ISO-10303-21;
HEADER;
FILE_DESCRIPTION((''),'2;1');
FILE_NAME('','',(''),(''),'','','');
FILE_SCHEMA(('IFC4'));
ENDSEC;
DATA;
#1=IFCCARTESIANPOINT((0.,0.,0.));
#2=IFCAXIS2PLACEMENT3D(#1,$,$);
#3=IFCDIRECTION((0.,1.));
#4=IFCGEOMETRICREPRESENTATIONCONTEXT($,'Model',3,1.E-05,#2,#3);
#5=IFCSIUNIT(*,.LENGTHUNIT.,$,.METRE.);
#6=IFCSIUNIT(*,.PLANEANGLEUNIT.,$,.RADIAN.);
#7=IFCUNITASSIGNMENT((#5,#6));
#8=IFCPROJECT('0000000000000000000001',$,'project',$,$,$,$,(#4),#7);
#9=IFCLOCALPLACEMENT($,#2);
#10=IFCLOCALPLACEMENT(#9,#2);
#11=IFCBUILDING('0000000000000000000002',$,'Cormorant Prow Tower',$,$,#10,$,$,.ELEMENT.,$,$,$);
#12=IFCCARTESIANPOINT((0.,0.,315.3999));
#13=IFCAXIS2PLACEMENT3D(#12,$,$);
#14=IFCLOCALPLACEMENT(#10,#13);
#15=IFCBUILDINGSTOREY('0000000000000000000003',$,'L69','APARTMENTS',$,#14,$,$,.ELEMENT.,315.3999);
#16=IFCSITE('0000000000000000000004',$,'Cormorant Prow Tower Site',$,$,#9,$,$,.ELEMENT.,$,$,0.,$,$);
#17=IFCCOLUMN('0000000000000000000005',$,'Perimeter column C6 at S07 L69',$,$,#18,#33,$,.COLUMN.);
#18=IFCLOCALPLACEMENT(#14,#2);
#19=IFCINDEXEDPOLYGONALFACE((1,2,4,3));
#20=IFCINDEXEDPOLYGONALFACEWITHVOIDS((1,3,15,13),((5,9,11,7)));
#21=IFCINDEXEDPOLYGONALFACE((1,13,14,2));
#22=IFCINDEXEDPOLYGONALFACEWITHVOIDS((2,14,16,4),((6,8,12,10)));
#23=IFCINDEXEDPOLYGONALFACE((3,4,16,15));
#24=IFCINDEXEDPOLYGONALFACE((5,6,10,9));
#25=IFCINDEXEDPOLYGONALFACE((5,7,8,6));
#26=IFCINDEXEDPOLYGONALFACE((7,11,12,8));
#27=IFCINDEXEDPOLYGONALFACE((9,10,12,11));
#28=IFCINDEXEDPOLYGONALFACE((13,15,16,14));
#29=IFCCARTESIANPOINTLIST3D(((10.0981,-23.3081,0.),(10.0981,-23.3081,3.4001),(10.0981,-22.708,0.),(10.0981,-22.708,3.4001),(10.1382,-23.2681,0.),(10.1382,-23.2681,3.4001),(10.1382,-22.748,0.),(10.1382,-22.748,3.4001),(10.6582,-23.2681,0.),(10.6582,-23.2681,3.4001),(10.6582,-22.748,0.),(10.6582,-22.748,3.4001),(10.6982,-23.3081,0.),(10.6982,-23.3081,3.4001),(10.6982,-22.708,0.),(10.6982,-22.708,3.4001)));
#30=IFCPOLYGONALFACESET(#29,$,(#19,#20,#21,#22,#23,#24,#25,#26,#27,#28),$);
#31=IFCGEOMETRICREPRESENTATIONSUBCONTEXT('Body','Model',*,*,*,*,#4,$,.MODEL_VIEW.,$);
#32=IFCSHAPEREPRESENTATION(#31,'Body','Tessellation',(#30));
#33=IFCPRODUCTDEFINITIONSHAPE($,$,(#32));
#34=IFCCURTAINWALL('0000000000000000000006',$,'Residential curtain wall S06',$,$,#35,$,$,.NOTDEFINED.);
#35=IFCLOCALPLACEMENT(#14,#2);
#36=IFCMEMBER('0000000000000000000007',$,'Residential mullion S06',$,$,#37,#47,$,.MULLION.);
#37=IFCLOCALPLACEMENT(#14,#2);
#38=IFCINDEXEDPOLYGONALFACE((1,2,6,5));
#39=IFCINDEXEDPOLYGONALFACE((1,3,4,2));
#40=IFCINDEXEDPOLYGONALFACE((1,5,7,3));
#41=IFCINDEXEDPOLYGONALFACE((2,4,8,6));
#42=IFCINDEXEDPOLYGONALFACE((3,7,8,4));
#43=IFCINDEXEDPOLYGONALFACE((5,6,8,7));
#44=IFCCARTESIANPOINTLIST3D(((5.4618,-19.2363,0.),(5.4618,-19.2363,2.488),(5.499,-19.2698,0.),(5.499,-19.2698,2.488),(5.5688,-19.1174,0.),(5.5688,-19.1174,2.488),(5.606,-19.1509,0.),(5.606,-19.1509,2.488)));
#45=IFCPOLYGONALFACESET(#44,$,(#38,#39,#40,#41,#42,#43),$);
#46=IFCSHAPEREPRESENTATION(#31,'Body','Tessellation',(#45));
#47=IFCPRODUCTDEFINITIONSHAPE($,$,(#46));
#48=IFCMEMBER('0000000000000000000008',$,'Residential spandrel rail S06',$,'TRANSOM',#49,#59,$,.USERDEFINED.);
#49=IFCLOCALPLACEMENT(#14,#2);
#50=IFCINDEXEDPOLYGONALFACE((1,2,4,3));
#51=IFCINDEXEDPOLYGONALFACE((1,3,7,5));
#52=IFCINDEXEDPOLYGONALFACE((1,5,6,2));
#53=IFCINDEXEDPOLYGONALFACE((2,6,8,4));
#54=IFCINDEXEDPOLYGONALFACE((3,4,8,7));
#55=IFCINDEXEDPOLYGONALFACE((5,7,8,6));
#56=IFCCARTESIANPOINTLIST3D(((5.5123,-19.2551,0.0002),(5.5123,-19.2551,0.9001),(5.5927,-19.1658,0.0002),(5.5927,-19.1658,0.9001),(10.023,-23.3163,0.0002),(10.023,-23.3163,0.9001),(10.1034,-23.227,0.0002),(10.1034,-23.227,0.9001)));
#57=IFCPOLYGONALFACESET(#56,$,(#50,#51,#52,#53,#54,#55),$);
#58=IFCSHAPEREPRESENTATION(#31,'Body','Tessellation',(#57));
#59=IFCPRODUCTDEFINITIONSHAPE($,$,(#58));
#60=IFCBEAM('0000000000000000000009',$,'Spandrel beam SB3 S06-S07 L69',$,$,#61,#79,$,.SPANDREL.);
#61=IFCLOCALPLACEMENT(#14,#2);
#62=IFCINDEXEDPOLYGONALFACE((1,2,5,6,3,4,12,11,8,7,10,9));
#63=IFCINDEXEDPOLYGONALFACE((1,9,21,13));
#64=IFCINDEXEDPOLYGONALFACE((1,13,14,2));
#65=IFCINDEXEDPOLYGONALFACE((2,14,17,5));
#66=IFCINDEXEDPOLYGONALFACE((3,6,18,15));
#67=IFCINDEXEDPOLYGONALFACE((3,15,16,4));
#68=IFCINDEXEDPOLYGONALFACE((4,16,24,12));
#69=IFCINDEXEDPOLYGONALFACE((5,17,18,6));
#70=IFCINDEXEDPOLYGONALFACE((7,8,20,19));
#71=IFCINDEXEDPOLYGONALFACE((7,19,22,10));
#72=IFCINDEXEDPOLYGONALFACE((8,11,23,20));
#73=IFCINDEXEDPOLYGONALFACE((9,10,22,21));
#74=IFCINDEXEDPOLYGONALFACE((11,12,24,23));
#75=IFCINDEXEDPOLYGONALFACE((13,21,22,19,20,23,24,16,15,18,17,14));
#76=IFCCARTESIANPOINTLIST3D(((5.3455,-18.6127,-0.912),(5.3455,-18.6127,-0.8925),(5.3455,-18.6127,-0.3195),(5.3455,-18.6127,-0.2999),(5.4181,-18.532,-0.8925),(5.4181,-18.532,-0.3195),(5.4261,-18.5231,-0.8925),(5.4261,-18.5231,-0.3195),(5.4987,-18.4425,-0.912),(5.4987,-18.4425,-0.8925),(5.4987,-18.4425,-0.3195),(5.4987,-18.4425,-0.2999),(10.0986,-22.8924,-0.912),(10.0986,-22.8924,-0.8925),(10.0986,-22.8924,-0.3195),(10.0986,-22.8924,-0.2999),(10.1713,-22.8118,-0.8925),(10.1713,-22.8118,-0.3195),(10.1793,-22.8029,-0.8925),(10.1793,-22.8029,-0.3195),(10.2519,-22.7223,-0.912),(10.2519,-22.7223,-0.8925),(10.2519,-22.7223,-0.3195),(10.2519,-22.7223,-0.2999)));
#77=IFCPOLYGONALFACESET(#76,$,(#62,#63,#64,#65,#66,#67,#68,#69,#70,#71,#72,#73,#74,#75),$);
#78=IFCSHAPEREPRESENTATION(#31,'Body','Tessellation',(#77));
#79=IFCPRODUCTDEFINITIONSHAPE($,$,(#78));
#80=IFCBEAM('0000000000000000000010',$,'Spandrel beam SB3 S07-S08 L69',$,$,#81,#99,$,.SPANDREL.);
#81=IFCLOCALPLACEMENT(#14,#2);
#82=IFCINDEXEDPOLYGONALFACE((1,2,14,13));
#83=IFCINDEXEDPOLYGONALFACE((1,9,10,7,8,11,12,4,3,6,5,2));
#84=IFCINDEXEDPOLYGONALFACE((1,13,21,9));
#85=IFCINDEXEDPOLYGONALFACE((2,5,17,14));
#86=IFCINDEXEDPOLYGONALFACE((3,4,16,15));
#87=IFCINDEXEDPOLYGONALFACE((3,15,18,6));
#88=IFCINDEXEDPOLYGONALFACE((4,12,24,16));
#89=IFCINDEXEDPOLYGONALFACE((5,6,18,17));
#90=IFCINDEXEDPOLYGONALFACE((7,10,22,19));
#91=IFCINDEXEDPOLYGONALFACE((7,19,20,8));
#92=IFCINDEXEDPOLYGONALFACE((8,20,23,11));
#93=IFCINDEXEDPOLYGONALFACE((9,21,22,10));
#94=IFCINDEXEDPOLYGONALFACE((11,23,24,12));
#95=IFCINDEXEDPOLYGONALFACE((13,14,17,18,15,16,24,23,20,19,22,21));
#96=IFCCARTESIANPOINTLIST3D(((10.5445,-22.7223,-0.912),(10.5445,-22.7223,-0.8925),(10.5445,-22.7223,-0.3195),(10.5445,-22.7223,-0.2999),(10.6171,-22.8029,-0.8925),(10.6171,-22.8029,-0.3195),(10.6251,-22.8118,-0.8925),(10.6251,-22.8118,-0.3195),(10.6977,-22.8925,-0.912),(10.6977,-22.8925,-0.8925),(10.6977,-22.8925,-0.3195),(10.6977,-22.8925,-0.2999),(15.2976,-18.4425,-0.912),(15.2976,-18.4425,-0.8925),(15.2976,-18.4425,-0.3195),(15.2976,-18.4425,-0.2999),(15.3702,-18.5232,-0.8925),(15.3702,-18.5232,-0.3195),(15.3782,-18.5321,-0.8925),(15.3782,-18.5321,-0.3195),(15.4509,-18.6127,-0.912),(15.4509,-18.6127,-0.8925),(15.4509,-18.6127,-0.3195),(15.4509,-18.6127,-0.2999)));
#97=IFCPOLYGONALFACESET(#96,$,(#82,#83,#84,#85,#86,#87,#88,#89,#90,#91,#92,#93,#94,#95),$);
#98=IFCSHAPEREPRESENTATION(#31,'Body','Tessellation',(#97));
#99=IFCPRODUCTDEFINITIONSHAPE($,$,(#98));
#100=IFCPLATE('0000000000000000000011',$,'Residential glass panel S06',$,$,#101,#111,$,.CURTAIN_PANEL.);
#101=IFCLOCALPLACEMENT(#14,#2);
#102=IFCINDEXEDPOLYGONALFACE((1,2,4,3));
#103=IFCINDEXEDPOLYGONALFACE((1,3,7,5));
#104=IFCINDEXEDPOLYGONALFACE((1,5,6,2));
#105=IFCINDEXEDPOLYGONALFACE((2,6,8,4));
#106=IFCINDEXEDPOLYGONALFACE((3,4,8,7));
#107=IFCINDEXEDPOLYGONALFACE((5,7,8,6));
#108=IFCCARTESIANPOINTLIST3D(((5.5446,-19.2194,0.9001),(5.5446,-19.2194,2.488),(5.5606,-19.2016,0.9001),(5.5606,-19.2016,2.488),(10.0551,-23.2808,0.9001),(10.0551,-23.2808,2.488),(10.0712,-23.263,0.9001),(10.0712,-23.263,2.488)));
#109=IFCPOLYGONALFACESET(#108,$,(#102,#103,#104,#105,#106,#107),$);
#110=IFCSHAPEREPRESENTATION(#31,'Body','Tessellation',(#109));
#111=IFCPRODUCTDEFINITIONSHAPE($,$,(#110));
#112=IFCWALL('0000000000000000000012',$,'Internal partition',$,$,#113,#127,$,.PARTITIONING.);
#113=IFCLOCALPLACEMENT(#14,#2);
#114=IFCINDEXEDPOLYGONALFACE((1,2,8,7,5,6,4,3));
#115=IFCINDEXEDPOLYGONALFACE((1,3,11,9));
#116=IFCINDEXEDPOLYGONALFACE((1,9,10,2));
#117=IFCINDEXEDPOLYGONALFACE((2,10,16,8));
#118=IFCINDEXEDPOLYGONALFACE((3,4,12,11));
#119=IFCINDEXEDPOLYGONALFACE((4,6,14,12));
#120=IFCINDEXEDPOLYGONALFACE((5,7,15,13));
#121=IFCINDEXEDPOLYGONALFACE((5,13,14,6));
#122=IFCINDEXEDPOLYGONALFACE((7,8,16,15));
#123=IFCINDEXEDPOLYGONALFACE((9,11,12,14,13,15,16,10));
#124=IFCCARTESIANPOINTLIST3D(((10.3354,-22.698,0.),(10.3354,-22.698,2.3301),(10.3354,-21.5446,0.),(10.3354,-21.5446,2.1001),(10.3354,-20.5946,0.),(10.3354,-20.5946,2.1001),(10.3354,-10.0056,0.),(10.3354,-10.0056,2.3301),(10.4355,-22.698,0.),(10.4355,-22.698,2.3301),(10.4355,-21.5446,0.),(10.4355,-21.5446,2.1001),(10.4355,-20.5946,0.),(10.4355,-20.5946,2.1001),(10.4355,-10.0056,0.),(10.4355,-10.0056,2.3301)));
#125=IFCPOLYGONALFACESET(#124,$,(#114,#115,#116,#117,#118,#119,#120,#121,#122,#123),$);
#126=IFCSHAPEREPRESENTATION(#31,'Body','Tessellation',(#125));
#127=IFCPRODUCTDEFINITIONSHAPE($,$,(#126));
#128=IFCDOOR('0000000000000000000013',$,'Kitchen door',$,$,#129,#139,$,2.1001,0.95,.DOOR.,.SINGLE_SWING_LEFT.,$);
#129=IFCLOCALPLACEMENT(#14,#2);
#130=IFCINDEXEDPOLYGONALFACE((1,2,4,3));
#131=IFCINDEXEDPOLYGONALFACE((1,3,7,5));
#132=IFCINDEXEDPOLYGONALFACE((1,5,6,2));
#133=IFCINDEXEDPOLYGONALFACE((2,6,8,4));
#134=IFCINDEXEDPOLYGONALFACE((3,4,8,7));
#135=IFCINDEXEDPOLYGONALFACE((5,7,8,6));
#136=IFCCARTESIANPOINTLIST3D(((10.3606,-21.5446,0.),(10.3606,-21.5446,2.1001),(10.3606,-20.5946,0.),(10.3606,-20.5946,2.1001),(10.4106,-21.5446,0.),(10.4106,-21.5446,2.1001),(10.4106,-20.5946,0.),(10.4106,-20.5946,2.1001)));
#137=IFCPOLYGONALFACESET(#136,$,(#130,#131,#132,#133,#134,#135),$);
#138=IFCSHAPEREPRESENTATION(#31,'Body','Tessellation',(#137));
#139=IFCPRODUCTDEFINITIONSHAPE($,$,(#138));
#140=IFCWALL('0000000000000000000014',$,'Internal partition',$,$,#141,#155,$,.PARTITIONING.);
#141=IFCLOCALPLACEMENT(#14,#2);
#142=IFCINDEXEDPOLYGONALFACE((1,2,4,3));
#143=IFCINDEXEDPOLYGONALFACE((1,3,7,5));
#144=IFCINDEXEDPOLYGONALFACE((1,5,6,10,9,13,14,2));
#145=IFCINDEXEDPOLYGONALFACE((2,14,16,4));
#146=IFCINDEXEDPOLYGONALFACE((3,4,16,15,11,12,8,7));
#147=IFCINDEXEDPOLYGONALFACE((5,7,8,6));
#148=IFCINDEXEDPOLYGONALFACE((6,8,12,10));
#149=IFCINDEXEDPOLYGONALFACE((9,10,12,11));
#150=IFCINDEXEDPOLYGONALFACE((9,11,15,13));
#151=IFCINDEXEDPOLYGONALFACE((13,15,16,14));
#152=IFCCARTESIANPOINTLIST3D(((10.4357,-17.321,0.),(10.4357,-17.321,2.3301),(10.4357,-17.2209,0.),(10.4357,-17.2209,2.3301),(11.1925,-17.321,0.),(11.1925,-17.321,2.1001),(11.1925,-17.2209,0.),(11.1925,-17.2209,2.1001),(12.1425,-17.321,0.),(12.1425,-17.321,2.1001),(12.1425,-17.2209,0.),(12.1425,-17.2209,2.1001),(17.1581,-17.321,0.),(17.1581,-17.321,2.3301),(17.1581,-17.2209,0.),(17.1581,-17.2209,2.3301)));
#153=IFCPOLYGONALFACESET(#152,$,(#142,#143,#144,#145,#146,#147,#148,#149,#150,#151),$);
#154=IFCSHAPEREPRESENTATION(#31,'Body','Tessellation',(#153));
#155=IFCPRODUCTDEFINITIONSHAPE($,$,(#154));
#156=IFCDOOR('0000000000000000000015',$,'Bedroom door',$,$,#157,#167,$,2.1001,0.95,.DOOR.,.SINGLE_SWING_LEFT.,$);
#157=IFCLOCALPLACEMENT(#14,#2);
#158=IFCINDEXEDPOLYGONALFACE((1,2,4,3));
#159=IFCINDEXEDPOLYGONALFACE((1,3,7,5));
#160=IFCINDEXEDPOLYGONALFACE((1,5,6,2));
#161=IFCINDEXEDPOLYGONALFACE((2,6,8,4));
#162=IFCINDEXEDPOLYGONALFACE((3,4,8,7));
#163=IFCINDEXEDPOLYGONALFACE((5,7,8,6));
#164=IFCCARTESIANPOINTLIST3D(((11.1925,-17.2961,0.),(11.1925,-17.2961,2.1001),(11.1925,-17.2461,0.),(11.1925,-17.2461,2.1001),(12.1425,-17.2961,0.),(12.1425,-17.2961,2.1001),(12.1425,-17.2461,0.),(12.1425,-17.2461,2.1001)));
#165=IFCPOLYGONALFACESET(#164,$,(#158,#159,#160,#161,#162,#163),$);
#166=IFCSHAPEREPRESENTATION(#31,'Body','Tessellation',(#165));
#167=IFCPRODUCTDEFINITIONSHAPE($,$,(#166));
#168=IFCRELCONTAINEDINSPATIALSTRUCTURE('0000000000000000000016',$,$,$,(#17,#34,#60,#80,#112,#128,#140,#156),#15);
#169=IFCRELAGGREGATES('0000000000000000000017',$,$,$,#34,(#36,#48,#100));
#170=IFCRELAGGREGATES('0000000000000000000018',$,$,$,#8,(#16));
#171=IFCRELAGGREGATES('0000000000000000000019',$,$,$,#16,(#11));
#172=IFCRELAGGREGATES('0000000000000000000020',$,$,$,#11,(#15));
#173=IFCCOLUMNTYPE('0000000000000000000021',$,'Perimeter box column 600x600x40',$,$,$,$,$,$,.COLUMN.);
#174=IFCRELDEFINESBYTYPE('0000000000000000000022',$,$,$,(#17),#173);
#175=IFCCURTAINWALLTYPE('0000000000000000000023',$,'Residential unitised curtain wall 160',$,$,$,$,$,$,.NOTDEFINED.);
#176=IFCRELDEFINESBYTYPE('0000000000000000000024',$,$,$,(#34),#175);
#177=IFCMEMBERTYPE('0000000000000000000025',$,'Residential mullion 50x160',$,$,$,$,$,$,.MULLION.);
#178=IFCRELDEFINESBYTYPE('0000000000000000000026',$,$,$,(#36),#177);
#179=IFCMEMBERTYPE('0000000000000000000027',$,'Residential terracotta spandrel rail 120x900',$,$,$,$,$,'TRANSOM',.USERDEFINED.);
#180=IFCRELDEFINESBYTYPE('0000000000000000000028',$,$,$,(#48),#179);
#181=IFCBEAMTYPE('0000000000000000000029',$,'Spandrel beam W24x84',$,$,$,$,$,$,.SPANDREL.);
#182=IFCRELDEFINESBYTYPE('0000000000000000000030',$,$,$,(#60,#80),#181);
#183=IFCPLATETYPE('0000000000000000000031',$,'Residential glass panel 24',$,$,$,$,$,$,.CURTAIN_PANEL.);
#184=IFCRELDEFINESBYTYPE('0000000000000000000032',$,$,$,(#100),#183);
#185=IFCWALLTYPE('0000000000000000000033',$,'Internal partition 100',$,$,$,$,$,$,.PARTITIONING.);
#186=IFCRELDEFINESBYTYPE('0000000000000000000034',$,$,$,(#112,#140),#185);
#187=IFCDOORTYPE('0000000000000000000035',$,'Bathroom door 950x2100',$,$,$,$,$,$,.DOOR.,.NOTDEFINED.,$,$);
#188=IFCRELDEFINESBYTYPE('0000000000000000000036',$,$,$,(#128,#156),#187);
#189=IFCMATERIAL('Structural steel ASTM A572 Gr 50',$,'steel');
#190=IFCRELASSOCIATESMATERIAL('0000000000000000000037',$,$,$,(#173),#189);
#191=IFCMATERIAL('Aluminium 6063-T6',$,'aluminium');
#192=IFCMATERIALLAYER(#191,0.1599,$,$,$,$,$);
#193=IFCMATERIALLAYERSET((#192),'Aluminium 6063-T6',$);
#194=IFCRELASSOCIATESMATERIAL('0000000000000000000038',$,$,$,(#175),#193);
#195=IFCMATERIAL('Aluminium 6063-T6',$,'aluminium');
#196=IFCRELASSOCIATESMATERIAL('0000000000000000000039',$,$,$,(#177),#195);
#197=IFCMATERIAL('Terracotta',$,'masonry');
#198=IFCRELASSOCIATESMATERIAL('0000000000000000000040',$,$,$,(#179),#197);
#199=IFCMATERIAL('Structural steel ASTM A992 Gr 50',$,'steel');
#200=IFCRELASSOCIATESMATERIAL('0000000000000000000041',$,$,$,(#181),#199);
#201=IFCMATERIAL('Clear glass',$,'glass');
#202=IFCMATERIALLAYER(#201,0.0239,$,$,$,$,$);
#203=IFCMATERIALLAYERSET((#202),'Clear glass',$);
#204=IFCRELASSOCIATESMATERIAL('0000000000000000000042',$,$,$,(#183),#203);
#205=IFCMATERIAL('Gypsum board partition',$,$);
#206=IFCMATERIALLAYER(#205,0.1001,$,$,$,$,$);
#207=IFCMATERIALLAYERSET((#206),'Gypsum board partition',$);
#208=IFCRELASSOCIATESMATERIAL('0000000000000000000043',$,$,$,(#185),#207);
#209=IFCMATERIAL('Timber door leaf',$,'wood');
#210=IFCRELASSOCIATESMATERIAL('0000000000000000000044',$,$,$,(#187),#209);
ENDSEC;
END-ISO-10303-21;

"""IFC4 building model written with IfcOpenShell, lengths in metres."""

from ifc_helpers import new_model, si_unit, direction, frame, frame_2d, origin, origin_2d, place, context, subcontext, project, spatial, rectangle, hollow_rectangle, i_section, extrude, material, layer, layer_set, material_profile, profile_set, type_object, element, fill, aggregate, save


model = new_model("IFC4")

# Units and contexts
model_context = context("Model", 3, precision=1e-05, world=origin(), true_north=direction((0.0, 1.0)))
body_context = subcontext(model_context, "Body", "Model", "MODEL_VIEW")
ifc_project = project(units=[si_unit("LENGTHUNIT", "METRE"), si_unit("PLANEANGLEUNIT", "RADIAN")], contexts=[model_context])

# Site, building, storey
site_placement = place(None, origin())
site = spatial("IfcSite", under=ifc_project, at=site_placement, Name="Cormorant Prow Tower Site", CompositionType="ELEMENT", RefElevation=0.0)
building_placement = place(site_placement, origin())
building = spatial("IfcBuilding", under=site, at=building_placement, Name="Cormorant Prow Tower", CompositionType="ELEMENT")
storey_placement = place(building_placement, frame((0.0, 0.0, 315.3999)))
storey = spatial("IfcBuildingStorey", under=building, at=storey_placement, Name="L69", Description="APARTMENTS", CompositionType="ELEMENT", Elevation=315.3999)

# Column
ifc_material_1 = material(Name="Structural steel ASTM A572 Gr 50", Category="steel")
ifc_material_profile_1 = material_profile(ifc_material_1, hollow_rectangle(XDim=0.6001, YDim=0.6001, WallThickness=0.04, at=origin_2d()), Name="Box 600x600x40")
ifc_profile_set_1 = profile_set([ifc_material_profile_1], Name="Structural steel ASTM A572 Gr 50")
column_type = type_object("IfcColumnType", Name="Perimeter box column 600x600x40", PredefinedType="COLUMN", material=ifc_profile_set_1)
column_placement = place(storey_placement, frame((10.3982, -23.0081, 0.0), z_axis=(0.0, 0.0, 1.0), x_axis=(1.0, 0.0, 0.0)))
element("IfcColumn", 1, at=column_placement, inside=storey, type_object=column_type, Name="Perimeter column C6 at S07 L69", PredefinedType="COLUMN", context=body_context, shape_type="SweptSolid", body=[
    extrude(hollow_rectangle(XDim=0.6001, YDim=0.6001, WallThickness=0.04, at=origin_2d()), origin(), (0.0, 0.0, 1.0), 3.4001),
])

# Curtain wall, members
ifc_material_2 = material(Name="Aluminium 6063-T6", Category="aluminium")
ifc_layer_1 = layer(ifc_material_2, 0.1599)
ifc_layer_set_1 = layer_set([ifc_layer_1], Name="Aluminium 6063-T6")
curtain_wall_type = type_object("IfcCurtainWallType", Name="Residential unitised curtain wall 160", PredefinedType="NOTDEFINED", material=ifc_layer_set_1)
curtain_wall_placement = place(storey_placement, origin())
curtain_wall = element("IfcCurtainWall", 2, at=curtain_wall_placement, inside=storey, type_object=curtain_wall_type, Name="Residential curtain wall S06", PredefinedType="NOTDEFINED")
ifc_material_3 = material(Name="Aluminium 6063-T6", Category="aluminium")
ifc_material_profile_2 = material_profile(ifc_material_3, rectangle(XDim=0.1599, YDim=0.05, at=origin_2d()), Name="Residential mullion 50x160")
ifc_profile_set_2 = profile_set([ifc_material_profile_2], Name="Aluminium 6063-T6")
member_type_1 = type_object("IfcMemberType", Name="Residential mullion 50x160", PredefinedType="MULLION", material=ifc_profile_set_2)
member_1_placement = place(storey_placement, frame((5.5339, -19.1936, 0.0), z_axis=(0.0, 0.0, 1.0), x_axis=(0.669131, 0.743145, 0.0)))
member_1 = element("IfcMember", 3, at=member_1_placement, type_object=member_type_1, Name="Residential mullion S06", PredefinedType="MULLION", context=body_context, shape_type="SweptSolid", body=[
    extrude(rectangle(XDim=0.1599, YDim=0.05, at=origin_2d()), origin(), (0.0, 0.0, 1.0), 2.488),
])
ifc_material_4 = material(Name="Terracotta", Category="masonry")
ifc_material_profile_3 = material_profile(ifc_material_4, rectangle(XDim=0.1201, YDim=0.8999, at=origin_2d()), Name="Residential terracotta spandrel rail 120x900")
ifc_profile_set_3 = profile_set([ifc_material_profile_3], Name="Terracotta")
member_type_2 = type_object("IfcMemberType", Name="Residential terracotta spandrel rail 120x900", ElementType="TRANSOM", PredefinedType="USERDEFINED", material=ifc_profile_set_3)
member_2_placement = place(storey_placement, frame((5.5525, -19.2104, 0.4502), z_axis=(0.743162, -0.669111, 0.0), x_axis=(0.669111, 0.743162, 0.0)))
member_2 = element("IfcMember", 4, at=member_2_placement, type_object=member_type_2, Name="Residential spandrel rail S06", ObjectType="TRANSOM", PredefinedType="USERDEFINED", context=body_context, shape_type="SweptSolid", body=[
    extrude(rectangle(XDim=0.1201, YDim=0.8999, at=origin_2d()), origin(), (0.0, 0.0, 1.0), 6.0696),
])

# Beams
ifc_material_5 = material(Name="Structural steel ASTM A992 Gr 50", Category="steel")
ifc_material_profile_4 = material_profile(ifc_material_5, i_section(OverallWidth=0.229, OverallDepth=0.6121, WebThickness=0.012, FlangeThickness=0.0195, at=origin_2d()), Name="W24x84")
ifc_profile_set_4 = profile_set([ifc_material_profile_4], Name="Structural steel ASTM A992 Gr 50")
beam_type = type_object("IfcBeamType", Name="Spandrel beam W24x84", PredefinedType="SPANDREL", material=ifc_profile_set_4)
for number, where, z_axis, x_axis, name in (
    (5, (5.4221, -18.5276, -0.606), (0.743144, -0.669131, 0.0), (0.669131, 0.743144, 0.0), "Spandrel beam SB3 S06-S07 L69"),
    (6, (10.6211, -22.8074, -0.606), (0.743144, 0.669131, 0.0), (-0.669131, 0.743144, 0.0), "Spandrel beam SB3 S07-S08 L69"),
):
    element("IfcBeam", number, at=place(storey_placement, frame(where, z_axis=z_axis, x_axis=x_axis)), inside=storey, type_object=beam_type, Name=name, PredefinedType="SPANDREL", context=body_context, shape_type="SweptSolid", body=[
        extrude(i_section(OverallWidth=0.229, OverallDepth=0.6121, WebThickness=0.012, FlangeThickness=0.0195, at=origin_2d()), origin(), (0.0, 0.0, 1.0), 6.396),
    ])

# Plate
ifc_material_6 = material(Name="Clear glass", Category="glass")
ifc_layer_2 = layer(ifc_material_6, 0.0239)
ifc_layer_set_2 = layer_set([ifc_layer_2], Name="Clear glass")
plate_type = type_object("IfcPlateType", Name="Residential glass panel 24", PredefinedType="CURTAIN_PANEL", material=ifc_layer_set_2)
plate_placement = place(storey_placement, frame((7.8079, -21.2412, 0.9001), z_axis=(0.0, 0.0, 1.0), x_axis=(0.743145, -0.669131, 0.0)))
plate = element("IfcPlate", 7, at=plate_placement, type_object=plate_type, Name="Residential glass panel S06", PredefinedType="CURTAIN_PANEL", context=body_context, shape_type="SweptSolid", body=[
    extrude(rectangle(XDim=6.0696, YDim=0.0239, at=origin_2d()), origin(), (0.0, 0.0, 1.0), 1.5879),
])
aggregate(curtain_wall, [member_1, member_2, plate])

# Walls, openings, doors
ifc_material_7 = material(Name="Gypsum board partition")
ifc_layer_3 = layer(ifc_material_7, 0.1001)
ifc_layer_set_3 = layer_set([ifc_layer_3], Name="Gypsum board partition")
wall_type_1 = type_object("IfcWallType", Name="Internal partition 100", PredefinedType="PARTITIONING", material=ifc_layer_set_3)
wall_1_placement = place(storey_placement, frame((10.3855, -22.698, 0.0), z_axis=(0.0, 0.0, 1.0), x_axis=(0.0, 1.0, 0.0)))
wall_1 = element("IfcWall", 8, at=wall_1_placement, inside=storey, type_object=wall_type_1, Name="Internal partition", PredefinedType="PARTITIONING", context=body_context, shape_type="SweptSolid", body=[
    extrude(rectangle(XDim=12.6924, YDim=0.1001, at=frame_2d((6.3462, 0.0))), origin(), (0.0, 0.0, 1.0), 2.3301),
])
opening_1_placement = place(wall_1_placement, frame((1.1533, 0.0, 0.0)))
opening_1 = element("IfcOpeningElement", 9, at=opening_1_placement, cuts=wall_1, PredefinedType="OPENING", context=body_context, shape_type="SweptSolid", body=[
    extrude(rectangle(XDim=0.95, YDim=2.1001, at=frame_2d((0.4751, 1.05))), frame((0.0, 0.0601, 0.0), z_axis=(0.0, -1.0, 0.0), x_axis=(1.0, 0.0, 0.0)), (0.0, 0.0, 1.0), 0.1201),
])
ifc_material_8 = material(Name="Timber door leaf", Category="wood")
door_type_1 = type_object("IfcDoorType", Name="Bathroom door 950x2100", OperationType="NOTDEFINED", PredefinedType="DOOR", material=ifc_material_8)
door_1_placement = place(opening_1_placement, origin())
door_1 = element("IfcDoor", 10, at=door_1_placement, inside=storey, type_object=door_type_1, Name="Kitchen door", OperationType="SINGLE_SWING_LEFT", OverallHeight=2.1001, OverallWidth=0.95, PredefinedType="DOOR", context=body_context, shape_type="SweptSolid", body=[
    extrude(rectangle(XDim=0.95, YDim=2.1001, at=frame_2d((0.4751, 1.05))), frame((0.0, 0.0249, 0.0), z_axis=(0.0, -1.0, 0.0), x_axis=(1.0, 0.0, 0.0)), (0.0, 0.0, 1.0), 0.05),
])
fill(opening_1, door_1)
wall_2_placement = place(storey_placement, frame((10.4355, -17.271, 0.0), z_axis=(0.0, 0.0, 1.0), x_axis=(1.0, 0.0, 0.0)))
wall_2 = element("IfcWall", 11, at=wall_2_placement, inside=storey, type_object=wall_type_1, Name="Internal partition", PredefinedType="PARTITIONING", context=body_context, shape_type="SweptSolid", body=[
    extrude(rectangle(XDim=6.7224, YDim=0.1001, at=frame_2d((3.3613, 0.0))), origin(), (0.0, 0.0, 1.0), 2.3301),
])
opening_2_placement = place(wall_2_placement, frame((0.7568, 0.0, 0.0)))
opening_2 = element("IfcOpeningElement", 12, at=opening_2_placement, cuts=wall_2, PredefinedType="OPENING", context=body_context, shape_type="SweptSolid", body=[
    extrude(rectangle(XDim=0.95, YDim=2.1001, at=frame_2d((0.4751, 1.05))), frame((0.0, 0.0601, 0.0), z_axis=(0.0, -1.0, 0.0), x_axis=(1.0, 0.0, 0.0)), (0.0, 0.0, 1.0), 0.1201),
])
door_2_placement = place(opening_2_placement, origin())
door_2 = element("IfcDoor", 13, at=door_2_placement, inside=storey, type_object=door_type_1, Name="Bedroom door", OperationType="SINGLE_SWING_LEFT", OverallHeight=2.1001, OverallWidth=0.95, PredefinedType="DOOR", context=body_context, shape_type="SweptSolid", body=[
    extrude(rectangle(XDim=0.95, YDim=2.1001, at=frame_2d((0.4751, 1.05))), frame((0.0, 0.0249, 0.0), z_axis=(0.0, -1.0, 0.0), x_axis=(1.0, 0.0, 0.0)), (0.0, 0.0, 1.0), 0.05),
])
fill(opening_2, door_2)

save(model, "model.ifc")
